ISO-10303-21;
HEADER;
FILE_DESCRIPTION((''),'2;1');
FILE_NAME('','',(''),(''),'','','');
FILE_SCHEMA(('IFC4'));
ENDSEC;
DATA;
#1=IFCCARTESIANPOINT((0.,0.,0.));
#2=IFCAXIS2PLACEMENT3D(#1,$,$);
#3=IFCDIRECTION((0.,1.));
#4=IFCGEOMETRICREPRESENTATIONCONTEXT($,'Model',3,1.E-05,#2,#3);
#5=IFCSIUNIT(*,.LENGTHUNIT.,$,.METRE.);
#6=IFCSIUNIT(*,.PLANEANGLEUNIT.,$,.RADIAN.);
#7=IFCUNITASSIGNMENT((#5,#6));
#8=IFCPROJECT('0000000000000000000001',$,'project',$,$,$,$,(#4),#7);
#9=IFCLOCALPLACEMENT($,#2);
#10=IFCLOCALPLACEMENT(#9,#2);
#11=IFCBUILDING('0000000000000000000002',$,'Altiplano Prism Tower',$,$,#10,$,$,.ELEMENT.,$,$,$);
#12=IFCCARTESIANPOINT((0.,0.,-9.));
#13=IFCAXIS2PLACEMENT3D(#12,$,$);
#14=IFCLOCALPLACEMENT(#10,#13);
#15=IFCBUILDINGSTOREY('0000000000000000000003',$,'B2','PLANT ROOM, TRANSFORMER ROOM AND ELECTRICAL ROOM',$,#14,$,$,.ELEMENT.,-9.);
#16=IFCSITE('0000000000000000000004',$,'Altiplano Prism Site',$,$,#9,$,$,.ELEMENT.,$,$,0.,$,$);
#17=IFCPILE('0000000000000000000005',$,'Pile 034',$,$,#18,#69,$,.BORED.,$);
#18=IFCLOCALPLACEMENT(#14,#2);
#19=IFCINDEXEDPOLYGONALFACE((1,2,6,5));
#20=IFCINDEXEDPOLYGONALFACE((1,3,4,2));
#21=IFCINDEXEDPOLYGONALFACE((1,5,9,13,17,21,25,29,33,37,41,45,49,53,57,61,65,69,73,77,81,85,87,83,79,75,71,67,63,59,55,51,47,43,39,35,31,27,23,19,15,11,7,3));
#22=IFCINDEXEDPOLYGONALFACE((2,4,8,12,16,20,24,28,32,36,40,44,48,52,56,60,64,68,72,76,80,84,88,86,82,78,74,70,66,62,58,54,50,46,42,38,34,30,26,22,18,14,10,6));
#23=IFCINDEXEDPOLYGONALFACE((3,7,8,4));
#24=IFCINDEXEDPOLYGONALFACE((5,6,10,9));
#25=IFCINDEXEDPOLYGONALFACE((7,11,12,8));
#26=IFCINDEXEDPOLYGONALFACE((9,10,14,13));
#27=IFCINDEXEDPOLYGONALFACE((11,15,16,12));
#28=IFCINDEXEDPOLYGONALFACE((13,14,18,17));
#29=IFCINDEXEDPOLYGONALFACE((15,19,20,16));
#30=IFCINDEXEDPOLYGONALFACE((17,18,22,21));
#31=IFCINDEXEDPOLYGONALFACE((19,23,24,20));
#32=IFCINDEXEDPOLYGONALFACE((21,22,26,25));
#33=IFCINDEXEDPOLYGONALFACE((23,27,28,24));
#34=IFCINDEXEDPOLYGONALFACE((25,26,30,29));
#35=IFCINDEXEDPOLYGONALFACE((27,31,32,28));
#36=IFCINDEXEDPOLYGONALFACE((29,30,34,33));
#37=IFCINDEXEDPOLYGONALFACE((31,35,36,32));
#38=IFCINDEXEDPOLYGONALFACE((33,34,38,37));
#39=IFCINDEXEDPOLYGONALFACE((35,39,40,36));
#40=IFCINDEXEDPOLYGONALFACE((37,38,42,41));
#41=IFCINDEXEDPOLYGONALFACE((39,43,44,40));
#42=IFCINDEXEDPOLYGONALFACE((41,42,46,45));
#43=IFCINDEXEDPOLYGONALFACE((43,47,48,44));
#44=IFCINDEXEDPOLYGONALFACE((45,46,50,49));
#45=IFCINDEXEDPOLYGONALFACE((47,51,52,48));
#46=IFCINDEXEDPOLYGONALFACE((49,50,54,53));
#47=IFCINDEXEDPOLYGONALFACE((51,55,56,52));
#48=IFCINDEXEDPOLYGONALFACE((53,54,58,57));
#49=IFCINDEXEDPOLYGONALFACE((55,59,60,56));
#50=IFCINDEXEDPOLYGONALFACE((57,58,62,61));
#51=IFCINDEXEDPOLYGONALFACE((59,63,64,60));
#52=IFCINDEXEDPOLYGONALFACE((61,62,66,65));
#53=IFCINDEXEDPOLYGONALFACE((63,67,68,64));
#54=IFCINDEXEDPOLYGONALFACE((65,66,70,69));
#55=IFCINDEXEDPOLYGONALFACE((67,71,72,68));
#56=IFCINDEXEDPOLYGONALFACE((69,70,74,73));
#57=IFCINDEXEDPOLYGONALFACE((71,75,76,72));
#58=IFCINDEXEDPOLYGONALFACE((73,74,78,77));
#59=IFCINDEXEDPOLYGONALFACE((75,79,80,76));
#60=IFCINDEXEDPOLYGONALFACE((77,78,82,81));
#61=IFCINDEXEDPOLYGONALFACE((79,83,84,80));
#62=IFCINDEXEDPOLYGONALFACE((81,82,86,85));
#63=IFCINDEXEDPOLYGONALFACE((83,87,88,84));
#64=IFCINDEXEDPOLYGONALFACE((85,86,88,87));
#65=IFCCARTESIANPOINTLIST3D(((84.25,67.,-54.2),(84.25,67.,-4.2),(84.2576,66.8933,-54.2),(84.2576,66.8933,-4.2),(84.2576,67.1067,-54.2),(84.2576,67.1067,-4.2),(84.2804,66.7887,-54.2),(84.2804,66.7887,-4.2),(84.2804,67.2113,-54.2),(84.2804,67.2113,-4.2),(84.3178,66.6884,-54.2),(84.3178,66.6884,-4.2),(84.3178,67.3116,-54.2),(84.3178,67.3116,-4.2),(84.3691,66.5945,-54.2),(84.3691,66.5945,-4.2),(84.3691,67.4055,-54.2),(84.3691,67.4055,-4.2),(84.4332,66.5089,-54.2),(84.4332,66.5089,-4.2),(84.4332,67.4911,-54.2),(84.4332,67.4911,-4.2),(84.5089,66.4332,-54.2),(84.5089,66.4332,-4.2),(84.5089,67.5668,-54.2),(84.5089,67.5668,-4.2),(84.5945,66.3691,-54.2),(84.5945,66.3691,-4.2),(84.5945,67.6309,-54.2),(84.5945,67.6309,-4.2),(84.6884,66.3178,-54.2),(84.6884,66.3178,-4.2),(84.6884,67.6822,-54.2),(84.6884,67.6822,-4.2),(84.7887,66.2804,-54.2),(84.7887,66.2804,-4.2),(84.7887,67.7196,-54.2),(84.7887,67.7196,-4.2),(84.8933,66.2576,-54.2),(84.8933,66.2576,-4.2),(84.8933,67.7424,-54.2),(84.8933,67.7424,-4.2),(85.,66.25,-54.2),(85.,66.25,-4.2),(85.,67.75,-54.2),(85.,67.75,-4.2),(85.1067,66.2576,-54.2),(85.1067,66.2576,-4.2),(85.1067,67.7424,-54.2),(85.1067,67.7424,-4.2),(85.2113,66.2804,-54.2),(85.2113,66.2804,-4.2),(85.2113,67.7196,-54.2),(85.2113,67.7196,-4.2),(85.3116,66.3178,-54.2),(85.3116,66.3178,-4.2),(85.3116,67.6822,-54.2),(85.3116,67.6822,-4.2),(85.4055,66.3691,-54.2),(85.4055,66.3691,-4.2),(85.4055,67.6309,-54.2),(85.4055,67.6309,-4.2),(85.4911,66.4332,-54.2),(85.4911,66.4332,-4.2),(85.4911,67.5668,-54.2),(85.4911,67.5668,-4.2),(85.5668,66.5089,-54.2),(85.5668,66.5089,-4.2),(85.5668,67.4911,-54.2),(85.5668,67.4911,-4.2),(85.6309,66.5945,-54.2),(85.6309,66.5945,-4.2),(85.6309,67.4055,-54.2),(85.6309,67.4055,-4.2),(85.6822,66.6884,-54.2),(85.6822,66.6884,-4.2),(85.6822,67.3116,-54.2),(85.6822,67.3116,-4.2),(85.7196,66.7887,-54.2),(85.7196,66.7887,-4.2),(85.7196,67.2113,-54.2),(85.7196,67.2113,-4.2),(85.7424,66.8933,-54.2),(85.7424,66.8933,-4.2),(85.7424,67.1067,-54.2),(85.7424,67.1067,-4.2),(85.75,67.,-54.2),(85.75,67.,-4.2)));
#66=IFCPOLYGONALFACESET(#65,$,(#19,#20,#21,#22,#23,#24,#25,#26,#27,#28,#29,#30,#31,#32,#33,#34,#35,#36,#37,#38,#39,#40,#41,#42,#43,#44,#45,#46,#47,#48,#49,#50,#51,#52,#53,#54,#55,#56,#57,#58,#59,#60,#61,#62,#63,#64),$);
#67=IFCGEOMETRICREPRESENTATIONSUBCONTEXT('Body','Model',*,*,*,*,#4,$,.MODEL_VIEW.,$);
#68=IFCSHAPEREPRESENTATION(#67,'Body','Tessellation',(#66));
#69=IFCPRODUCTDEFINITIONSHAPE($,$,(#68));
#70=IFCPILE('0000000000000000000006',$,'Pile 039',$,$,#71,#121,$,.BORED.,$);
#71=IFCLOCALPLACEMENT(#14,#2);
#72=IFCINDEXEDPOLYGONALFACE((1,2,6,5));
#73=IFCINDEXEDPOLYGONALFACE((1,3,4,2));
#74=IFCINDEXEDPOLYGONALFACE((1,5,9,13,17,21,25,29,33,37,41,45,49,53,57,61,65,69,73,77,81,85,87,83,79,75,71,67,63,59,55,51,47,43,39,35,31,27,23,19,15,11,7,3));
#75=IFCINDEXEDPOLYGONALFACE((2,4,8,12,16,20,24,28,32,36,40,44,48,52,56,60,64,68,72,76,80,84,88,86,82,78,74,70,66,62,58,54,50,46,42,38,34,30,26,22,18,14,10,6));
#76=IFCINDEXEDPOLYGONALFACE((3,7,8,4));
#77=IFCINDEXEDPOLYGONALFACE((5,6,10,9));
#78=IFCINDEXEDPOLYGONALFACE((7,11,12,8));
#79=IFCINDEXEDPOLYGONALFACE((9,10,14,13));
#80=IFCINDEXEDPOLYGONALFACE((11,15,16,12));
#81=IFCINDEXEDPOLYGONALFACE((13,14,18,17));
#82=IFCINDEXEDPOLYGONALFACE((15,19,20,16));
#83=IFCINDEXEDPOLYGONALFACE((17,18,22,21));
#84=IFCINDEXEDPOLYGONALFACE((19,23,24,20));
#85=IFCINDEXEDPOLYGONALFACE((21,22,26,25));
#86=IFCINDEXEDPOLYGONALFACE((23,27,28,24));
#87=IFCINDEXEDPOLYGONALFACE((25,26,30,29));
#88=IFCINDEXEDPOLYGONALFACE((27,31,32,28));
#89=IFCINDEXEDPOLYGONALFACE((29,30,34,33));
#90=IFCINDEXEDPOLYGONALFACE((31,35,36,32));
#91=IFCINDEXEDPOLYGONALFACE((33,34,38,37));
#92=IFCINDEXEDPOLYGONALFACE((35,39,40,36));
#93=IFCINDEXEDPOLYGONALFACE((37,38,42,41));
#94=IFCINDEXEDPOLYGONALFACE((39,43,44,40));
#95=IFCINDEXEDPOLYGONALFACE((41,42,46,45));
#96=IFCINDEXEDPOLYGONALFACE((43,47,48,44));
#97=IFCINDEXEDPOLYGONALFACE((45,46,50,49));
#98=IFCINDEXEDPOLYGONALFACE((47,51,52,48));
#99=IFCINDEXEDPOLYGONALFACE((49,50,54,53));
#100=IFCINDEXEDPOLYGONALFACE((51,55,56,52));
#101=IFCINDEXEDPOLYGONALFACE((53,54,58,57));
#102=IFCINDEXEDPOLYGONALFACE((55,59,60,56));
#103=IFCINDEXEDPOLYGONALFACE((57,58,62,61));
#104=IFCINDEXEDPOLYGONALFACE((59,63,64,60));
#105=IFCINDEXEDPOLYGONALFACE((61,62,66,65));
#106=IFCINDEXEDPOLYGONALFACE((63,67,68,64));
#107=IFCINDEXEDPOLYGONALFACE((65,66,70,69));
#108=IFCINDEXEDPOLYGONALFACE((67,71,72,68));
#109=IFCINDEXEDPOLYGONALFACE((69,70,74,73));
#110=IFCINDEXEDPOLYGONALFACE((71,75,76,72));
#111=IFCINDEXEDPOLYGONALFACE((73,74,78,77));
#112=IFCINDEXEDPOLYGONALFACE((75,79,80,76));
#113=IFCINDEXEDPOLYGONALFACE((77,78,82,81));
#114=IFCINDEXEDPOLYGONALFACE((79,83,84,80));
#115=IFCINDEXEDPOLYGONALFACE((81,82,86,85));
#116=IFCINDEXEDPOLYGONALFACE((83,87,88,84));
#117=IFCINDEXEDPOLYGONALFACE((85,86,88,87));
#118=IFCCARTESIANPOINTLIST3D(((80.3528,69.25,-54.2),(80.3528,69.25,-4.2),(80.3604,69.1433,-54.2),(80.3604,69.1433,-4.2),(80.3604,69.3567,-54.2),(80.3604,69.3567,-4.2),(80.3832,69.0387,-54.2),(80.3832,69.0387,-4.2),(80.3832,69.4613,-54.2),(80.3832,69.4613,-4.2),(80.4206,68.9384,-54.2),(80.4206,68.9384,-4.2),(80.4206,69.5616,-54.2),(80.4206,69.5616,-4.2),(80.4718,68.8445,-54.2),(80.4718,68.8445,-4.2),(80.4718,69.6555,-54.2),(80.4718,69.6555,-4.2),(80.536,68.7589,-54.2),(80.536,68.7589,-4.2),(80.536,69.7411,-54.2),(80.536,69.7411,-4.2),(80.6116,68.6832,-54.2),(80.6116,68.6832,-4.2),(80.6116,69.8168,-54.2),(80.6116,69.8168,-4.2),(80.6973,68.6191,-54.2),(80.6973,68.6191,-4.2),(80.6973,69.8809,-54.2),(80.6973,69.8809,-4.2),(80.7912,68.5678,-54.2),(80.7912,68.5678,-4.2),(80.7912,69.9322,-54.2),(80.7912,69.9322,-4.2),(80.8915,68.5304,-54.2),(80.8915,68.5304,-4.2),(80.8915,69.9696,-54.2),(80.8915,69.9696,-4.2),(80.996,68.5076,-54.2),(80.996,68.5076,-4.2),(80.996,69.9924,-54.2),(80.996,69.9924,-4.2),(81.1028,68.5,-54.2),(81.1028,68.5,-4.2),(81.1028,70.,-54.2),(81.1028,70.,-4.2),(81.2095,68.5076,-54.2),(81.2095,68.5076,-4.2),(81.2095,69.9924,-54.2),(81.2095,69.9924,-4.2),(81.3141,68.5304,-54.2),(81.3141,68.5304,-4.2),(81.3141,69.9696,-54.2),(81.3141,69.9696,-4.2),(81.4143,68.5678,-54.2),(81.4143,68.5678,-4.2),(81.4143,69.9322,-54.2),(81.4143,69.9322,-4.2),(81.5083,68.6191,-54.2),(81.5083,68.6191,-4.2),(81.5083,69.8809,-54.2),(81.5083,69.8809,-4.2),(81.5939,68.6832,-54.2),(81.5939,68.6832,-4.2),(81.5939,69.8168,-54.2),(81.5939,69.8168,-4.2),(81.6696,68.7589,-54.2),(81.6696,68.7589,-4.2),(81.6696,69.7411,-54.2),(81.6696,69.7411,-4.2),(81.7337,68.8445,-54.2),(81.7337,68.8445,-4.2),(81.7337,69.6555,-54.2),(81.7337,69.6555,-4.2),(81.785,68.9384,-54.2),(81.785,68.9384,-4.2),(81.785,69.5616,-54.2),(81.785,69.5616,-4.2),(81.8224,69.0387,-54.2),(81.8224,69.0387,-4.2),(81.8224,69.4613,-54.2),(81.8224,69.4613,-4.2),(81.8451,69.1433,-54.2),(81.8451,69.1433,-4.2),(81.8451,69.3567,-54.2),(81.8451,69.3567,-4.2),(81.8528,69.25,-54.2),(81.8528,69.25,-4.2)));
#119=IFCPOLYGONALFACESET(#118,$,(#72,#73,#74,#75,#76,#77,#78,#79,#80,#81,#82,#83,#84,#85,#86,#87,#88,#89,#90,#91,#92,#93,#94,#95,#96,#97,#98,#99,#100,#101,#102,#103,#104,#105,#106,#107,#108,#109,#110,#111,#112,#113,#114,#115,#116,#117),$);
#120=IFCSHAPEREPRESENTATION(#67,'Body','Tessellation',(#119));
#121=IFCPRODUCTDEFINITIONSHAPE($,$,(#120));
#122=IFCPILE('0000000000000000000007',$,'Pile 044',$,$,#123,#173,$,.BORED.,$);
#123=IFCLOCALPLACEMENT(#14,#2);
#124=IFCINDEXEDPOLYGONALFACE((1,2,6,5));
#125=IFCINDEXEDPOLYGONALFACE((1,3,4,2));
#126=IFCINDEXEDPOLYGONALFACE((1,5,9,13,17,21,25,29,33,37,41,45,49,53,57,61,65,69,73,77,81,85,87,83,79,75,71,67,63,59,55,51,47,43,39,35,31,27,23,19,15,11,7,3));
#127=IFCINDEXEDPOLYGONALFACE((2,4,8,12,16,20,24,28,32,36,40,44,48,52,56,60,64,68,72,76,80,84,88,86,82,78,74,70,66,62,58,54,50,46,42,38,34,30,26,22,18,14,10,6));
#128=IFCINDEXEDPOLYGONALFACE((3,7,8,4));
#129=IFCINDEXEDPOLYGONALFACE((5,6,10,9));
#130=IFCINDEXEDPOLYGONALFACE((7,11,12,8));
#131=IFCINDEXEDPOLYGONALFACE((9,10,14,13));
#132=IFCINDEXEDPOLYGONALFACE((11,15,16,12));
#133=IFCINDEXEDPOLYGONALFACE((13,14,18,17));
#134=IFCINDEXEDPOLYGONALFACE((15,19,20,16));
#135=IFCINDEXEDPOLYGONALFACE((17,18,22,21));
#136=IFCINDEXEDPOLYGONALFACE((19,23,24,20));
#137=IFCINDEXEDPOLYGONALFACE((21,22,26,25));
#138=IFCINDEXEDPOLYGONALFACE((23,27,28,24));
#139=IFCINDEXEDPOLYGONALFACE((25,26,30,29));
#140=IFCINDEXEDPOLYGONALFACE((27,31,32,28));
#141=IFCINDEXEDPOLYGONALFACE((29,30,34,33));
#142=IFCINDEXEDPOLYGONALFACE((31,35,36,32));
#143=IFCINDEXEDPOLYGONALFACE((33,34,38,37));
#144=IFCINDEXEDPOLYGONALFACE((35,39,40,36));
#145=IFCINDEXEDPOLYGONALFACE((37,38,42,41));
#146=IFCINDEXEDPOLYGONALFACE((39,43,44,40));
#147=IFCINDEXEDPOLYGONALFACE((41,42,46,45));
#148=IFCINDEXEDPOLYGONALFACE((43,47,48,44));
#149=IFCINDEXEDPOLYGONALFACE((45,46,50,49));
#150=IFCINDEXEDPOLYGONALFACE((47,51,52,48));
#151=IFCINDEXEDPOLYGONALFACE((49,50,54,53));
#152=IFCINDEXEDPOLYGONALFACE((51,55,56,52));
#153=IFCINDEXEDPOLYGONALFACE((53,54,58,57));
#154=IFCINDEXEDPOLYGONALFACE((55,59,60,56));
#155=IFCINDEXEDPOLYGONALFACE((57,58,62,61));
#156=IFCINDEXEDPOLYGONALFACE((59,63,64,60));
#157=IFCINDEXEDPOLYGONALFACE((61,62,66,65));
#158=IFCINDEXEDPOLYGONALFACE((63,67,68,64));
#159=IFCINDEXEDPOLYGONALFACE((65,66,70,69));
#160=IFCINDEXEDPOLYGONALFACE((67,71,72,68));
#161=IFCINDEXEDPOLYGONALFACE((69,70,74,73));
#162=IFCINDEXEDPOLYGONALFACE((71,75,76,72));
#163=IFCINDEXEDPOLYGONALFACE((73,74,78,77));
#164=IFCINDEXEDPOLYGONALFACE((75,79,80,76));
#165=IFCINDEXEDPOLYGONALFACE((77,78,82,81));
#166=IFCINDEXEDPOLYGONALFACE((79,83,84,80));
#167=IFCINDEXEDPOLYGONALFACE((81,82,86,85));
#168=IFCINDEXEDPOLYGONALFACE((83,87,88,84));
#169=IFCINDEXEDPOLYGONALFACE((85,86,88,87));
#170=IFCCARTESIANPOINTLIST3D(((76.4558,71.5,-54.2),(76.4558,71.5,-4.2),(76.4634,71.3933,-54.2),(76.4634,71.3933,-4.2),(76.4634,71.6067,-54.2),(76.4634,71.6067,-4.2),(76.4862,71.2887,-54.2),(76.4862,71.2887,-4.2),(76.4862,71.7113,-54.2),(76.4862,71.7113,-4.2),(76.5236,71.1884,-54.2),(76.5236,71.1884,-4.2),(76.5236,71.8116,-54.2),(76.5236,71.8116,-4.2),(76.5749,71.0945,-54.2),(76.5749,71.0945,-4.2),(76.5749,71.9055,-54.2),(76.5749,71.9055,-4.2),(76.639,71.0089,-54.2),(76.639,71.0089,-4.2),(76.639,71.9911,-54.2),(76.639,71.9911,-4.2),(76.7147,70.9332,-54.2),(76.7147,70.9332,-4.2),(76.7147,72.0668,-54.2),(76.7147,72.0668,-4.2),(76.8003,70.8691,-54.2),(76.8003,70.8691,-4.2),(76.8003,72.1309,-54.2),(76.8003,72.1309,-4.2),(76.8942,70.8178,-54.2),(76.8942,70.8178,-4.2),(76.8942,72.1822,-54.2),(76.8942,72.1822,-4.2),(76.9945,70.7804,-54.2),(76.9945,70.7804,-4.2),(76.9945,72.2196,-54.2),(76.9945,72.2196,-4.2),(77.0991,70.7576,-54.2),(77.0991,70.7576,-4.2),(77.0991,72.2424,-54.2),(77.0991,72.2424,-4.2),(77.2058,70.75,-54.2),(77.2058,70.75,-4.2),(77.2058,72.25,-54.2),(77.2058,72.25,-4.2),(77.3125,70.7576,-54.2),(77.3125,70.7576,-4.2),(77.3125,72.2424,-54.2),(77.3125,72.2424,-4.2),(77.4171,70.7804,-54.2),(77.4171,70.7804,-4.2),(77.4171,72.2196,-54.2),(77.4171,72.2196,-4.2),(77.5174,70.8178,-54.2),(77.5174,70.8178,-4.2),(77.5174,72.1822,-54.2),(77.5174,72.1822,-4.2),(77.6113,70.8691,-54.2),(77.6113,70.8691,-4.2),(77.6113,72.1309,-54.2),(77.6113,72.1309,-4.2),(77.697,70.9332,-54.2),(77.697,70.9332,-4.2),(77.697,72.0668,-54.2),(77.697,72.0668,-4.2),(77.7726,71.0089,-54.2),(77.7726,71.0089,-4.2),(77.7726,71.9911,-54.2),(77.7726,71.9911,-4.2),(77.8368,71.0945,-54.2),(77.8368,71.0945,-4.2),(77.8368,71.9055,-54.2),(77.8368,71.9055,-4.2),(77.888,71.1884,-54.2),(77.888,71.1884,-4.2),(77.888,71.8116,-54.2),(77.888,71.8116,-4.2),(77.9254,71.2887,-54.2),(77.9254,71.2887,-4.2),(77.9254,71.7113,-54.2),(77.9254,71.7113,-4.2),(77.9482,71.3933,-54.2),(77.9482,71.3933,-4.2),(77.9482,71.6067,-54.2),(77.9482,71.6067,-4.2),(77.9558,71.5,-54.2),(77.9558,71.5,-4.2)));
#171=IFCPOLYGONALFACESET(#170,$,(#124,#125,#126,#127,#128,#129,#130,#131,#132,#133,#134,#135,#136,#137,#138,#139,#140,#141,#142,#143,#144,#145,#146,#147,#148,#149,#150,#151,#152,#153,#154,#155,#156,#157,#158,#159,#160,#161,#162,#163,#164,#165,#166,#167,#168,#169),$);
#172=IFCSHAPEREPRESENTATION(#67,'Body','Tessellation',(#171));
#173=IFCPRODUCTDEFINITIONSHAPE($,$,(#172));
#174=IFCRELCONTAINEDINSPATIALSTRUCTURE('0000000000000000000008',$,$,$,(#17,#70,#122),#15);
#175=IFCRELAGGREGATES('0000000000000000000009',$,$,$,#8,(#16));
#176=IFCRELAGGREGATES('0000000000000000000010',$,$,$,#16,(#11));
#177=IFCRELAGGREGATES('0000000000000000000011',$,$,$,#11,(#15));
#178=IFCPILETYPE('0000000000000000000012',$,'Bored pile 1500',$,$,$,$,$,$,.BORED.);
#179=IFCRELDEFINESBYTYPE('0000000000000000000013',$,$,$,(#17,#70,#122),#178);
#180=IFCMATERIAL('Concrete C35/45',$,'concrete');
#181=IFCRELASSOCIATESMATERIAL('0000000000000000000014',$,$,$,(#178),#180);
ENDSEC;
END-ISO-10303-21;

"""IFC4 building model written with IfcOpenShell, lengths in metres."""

from ifc_helpers import new_model, si_unit, direction, frame, origin, origin_2d, place, context, subcontext, project, spatial, circle, extrude, material, material_profile, profile_set, type_object, element, save


model = new_model("IFC4")

# Units and contexts
model_context = context("Model", 3, precision=1e-05, world=origin(), true_north=direction((0.0, 1.0)))
body_context = subcontext(model_context, "Body", "Model", "MODEL_VIEW")
ifc_project = project(units=[si_unit("LENGTHUNIT", "METRE"), si_unit("PLANEANGLEUNIT", "RADIAN")], contexts=[model_context])

# Site, building, storey
site_placement = place(None, origin())
site = spatial("IfcSite", under=ifc_project, at=site_placement, Name="Altiplano Prism Site", CompositionType="ELEMENT", RefElevation=0.0)
building_placement = place(site_placement, origin())
building = spatial("IfcBuilding", under=site, at=building_placement, Name="Altiplano Prism Tower", CompositionType="ELEMENT")
storey_placement = place(building_placement, frame((0.0, 0.0, -9.0)))
storey = spatial("IfcBuildingStorey", under=building, at=storey_placement, Name="B2", Description="PLANT ROOM, TRANSFORMER ROOM AND ELECTRICAL ROOM", CompositionType="ELEMENT", Elevation=-9.0)

# Piles
ifc_material_1 = material(Name="Concrete C35/45", Category="concrete")
ifc_material_profile_1 = material_profile(ifc_material_1, circle(Radius=0.75, at=origin_2d()), Name="Bored pile 1500")
ifc_profile_set_1 = profile_set([ifc_material_profile_1], Name="Concrete C35/45")
pile_type = type_object("IfcPileType", Name="Bored pile 1500", PredefinedType="BORED", material=ifc_profile_set_1)
for number, where, z_axis, x_axis, name in (
    (1, (85.0, 67.0, -4.2), (0.0, 0.0, -1.0), (1.0, 0.0, 0.0), "Pile 034"),
    (2, (81.1028, 69.25, -4.2), (0.0, 0.0, -1.0), (1.0, 0.0, 0.0), "Pile 039"),
    (3, (77.2058, 71.5, -4.2), (0.0, 0.0, -1.0), (1.0, 0.0, 0.0), "Pile 044"),
):
    element("IfcPile", number, at=place(storey_placement, frame(where, z_axis=z_axis, x_axis=x_axis)), inside=storey, type_object=pile_type, Name=name, PredefinedType="BORED", context=body_context, shape_type="SweptSolid", body=[
        extrude(circle(Radius=0.75, at=origin_2d()), origin(), (0.0, 0.0, 1.0), 50.0),
    ])

save(model, "model.ifc")
